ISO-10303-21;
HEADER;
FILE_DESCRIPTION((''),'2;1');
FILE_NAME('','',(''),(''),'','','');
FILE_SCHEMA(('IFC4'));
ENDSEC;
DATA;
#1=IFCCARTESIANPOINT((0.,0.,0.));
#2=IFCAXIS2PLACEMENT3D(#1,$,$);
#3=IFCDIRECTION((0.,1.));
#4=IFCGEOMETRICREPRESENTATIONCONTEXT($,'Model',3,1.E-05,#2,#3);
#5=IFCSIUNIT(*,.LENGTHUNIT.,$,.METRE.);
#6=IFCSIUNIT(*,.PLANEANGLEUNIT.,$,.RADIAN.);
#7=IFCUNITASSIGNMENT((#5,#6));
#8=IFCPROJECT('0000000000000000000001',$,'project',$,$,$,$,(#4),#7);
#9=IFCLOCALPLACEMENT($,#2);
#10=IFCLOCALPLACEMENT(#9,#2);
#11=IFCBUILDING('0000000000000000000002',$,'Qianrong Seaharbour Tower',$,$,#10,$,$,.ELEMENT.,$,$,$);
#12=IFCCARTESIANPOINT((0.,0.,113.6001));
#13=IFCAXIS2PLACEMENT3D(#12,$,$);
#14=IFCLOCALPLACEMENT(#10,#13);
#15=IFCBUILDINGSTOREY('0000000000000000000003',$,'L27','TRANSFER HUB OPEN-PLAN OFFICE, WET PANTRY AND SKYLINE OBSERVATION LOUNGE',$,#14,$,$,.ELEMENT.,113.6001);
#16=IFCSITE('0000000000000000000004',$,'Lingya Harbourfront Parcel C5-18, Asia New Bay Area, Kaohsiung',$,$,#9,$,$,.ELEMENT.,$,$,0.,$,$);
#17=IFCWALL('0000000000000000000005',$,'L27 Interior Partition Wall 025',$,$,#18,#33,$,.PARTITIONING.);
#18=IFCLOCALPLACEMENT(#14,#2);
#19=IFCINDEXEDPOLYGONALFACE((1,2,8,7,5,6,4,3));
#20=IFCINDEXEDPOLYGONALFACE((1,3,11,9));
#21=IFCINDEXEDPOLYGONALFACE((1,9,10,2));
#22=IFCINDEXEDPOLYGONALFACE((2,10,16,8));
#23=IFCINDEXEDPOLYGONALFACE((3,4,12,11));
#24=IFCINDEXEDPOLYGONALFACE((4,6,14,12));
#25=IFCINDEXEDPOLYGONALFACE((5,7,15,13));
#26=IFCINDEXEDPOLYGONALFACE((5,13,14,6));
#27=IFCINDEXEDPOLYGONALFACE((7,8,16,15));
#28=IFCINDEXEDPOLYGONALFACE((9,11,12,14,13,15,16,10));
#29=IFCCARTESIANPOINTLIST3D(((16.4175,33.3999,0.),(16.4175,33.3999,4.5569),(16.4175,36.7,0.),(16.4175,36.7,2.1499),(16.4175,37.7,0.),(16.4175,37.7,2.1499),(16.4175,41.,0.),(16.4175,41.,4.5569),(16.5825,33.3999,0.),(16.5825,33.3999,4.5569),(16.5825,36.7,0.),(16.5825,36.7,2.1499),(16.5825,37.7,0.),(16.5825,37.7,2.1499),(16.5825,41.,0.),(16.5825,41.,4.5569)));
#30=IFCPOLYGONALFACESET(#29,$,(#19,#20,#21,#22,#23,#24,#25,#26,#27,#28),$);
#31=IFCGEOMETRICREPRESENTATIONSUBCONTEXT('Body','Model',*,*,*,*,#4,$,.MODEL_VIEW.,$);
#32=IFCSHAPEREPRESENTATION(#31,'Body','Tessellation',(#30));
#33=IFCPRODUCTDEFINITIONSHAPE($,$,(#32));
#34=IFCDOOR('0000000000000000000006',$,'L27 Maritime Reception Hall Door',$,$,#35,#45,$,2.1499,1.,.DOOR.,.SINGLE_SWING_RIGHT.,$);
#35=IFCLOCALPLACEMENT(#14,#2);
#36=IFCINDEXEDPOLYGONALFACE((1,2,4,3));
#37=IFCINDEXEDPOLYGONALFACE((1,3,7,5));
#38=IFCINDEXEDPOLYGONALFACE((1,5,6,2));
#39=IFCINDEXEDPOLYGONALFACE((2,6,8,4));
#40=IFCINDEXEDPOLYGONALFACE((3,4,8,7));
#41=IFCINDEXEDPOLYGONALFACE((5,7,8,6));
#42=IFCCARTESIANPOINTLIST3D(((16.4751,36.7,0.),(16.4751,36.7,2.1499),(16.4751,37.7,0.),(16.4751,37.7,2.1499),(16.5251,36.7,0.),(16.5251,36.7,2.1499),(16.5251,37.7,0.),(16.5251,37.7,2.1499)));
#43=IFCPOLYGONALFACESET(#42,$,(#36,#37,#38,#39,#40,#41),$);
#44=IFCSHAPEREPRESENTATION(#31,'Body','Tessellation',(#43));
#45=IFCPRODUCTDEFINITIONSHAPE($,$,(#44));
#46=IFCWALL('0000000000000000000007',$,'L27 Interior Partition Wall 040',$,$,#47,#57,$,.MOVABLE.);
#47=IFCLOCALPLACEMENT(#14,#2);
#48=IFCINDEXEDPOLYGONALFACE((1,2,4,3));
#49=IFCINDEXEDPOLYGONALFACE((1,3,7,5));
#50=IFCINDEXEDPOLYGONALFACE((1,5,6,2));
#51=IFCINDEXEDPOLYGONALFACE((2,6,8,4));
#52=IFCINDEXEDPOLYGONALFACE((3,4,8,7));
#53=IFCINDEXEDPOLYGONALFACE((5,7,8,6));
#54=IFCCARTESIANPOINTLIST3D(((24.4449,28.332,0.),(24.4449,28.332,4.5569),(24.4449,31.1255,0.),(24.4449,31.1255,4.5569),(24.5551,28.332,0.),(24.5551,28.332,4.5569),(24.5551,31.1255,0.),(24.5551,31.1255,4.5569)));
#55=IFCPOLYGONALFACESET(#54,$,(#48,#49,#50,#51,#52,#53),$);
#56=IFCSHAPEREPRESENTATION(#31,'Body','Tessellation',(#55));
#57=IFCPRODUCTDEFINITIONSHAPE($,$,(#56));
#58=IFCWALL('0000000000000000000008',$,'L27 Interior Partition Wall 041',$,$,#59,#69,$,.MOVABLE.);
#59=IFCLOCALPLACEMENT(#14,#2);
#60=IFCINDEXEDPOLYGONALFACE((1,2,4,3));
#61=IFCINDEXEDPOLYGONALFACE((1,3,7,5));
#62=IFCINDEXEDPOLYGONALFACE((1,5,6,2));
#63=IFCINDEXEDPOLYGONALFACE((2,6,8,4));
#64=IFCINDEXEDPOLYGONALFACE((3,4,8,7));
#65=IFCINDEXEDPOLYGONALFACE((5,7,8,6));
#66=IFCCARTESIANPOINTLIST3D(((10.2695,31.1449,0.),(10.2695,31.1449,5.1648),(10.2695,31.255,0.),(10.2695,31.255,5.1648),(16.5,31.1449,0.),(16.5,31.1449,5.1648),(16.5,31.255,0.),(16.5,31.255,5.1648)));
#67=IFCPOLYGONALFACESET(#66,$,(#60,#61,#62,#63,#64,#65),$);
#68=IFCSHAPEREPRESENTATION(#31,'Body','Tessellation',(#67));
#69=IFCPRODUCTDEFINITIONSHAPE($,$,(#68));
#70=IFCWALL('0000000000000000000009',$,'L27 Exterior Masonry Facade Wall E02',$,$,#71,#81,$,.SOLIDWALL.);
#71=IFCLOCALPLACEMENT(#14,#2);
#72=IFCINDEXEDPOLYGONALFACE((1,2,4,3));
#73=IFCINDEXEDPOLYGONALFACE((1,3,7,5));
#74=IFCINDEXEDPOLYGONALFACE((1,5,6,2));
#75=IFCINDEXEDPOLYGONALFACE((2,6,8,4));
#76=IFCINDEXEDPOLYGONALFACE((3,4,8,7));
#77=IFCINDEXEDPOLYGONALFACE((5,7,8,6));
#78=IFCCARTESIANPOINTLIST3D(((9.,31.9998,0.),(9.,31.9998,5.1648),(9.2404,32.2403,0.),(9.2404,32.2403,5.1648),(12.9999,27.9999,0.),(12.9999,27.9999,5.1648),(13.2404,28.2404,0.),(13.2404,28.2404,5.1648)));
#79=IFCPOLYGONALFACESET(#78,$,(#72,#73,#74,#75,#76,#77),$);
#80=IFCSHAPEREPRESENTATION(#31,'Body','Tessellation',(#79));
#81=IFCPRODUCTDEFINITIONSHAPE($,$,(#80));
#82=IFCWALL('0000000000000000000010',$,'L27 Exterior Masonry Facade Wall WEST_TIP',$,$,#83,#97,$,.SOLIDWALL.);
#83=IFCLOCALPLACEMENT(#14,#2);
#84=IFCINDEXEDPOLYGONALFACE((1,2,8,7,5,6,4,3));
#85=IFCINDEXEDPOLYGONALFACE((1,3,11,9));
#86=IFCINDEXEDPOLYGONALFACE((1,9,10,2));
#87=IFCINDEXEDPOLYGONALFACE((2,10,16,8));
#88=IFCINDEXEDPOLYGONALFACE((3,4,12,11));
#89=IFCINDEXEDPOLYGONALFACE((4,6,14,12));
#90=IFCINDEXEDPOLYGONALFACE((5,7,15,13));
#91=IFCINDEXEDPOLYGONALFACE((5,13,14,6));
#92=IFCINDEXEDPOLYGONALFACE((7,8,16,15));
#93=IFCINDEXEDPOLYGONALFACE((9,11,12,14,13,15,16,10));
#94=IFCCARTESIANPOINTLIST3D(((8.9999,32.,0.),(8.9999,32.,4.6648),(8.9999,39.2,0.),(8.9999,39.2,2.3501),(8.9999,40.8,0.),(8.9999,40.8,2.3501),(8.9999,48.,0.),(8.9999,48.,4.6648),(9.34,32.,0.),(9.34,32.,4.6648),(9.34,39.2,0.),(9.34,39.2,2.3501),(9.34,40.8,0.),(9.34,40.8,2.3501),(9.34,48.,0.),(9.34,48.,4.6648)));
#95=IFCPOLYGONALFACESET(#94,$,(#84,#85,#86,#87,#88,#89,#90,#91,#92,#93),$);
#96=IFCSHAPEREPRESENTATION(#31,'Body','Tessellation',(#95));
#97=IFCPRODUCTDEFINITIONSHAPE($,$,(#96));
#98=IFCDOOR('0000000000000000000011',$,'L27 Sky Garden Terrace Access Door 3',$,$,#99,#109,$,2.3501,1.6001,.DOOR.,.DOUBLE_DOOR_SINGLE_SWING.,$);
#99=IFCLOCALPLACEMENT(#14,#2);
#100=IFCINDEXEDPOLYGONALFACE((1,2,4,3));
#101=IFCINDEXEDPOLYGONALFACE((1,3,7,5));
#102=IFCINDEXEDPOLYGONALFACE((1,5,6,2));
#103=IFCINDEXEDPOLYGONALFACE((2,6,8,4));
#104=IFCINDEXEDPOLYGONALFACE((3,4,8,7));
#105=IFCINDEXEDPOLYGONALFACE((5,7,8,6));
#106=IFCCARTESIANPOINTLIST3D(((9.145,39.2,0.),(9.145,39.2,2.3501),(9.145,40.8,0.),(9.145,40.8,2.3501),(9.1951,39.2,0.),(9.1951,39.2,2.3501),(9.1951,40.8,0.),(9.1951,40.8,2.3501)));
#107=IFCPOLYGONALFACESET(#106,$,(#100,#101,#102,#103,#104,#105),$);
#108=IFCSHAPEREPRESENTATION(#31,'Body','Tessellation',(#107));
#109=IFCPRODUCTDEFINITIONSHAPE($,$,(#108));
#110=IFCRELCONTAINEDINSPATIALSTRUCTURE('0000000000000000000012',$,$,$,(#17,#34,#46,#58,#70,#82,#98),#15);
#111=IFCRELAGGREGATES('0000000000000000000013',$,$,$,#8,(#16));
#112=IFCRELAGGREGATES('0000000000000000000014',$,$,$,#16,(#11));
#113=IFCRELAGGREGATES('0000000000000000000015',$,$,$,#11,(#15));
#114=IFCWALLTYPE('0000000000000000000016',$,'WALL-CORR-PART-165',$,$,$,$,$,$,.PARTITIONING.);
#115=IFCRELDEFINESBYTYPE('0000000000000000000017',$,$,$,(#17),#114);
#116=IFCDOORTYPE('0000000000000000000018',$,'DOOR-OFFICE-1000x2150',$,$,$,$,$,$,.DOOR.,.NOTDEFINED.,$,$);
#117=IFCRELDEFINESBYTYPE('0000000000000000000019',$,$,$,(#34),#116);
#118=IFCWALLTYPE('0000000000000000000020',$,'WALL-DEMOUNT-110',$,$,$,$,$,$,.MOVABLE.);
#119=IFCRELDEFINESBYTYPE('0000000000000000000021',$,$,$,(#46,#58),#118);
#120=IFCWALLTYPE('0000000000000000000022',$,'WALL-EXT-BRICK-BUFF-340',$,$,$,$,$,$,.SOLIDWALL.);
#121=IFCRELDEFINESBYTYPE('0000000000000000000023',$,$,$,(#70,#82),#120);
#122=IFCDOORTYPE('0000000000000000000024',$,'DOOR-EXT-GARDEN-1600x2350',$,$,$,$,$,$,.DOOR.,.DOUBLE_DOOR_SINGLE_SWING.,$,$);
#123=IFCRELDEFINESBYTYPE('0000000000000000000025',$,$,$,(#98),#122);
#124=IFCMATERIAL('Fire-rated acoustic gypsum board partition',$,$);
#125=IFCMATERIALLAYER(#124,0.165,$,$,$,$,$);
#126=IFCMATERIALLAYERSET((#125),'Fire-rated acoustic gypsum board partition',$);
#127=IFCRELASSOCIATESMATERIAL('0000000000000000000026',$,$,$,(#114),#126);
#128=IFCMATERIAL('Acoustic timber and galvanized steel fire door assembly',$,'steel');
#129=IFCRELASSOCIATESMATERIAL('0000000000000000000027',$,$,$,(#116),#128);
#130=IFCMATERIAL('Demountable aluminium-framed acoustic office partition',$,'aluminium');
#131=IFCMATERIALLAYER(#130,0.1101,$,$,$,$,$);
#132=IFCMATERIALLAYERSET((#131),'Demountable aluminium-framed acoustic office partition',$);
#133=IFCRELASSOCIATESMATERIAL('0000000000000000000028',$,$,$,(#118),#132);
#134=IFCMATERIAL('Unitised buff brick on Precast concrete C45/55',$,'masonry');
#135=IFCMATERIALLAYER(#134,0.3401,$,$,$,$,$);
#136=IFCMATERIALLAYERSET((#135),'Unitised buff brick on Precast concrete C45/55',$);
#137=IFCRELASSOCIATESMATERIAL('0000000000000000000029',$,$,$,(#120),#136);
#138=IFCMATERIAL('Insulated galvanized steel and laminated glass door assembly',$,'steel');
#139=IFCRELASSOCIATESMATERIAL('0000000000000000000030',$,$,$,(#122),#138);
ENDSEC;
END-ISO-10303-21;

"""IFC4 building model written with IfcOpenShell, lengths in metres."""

from ifc_helpers import new_model, si_unit, direction, frame, frame_2d, origin, place, context, subcontext, project, spatial, rectangle, extrude, material, layer, layer_set, type_object, element, fill, save


model = new_model("IFC4")

# Units and contexts
model_context = context("Model", 3, precision=1e-05, world=origin(), true_north=direction((0.0, 1.0)))
body_context = subcontext(model_context, "Body", "Model", "MODEL_VIEW")
ifc_project = project(units=[si_unit("LENGTHUNIT", "METRE"), si_unit("PLANEANGLEUNIT", "RADIAN")], contexts=[model_context])

# Site, building, storey
site_placement = place(None, origin())
site = spatial("IfcSite", under=ifc_project, at=site_placement, Name="Lingya Harbourfront Parcel C5-18, Asia New Bay Area, Kaohsiung", CompositionType="ELEMENT", RefElevation=0.0)
building_placement = place(site_placement, origin())
building = spatial("IfcBuilding", under=site, at=building_placement, Name="Qianrong Seaharbour Tower", CompositionType="ELEMENT")
storey_placement = place(building_placement, frame((0.0, 0.0, 113.6001)))
storey = spatial("IfcBuildingStorey", under=building, at=storey_placement, Name="L27", Description="TRANSFER HUB OPEN-PLAN OFFICE, WET PANTRY AND SKYLINE OBSERVATION LOUNGE", CompositionType="ELEMENT", Elevation=113.6001)

# Shared definitions
ifc_material_1 = material(Name="Fire-rated acoustic gypsum board partition")
ifc_layer_1 = layer(ifc_material_1, 0.165)
ifc_layer_set_1 = layer_set([ifc_layer_1], Name="Fire-rated acoustic gypsum board partition")
wall_type_1 = type_object("IfcWallType", Name="WALL-CORR-PART-165", PredefinedType="PARTITIONING", material=ifc_layer_set_1)
ifc_material_2 = material(Name="Acoustic timber and galvanized steel fire door assembly", Category="steel")
door_type_1 = type_object("IfcDoorType", Name="DOOR-OFFICE-1000x2150", OperationType="NOTDEFINED", PredefinedType="DOOR", material=ifc_material_2)

# Wall, opening, door
wall_1_placement = place(storey_placement, frame((16.5, 33.3999, 0.0), z_axis=(0.0, 0.0, 1.0), x_axis=(0.0, 1.0, 0.0)))
wall_1 = element("IfcWall", 1, at=wall_1_placement, inside=storey, type_object=wall_type_1, Name="L27 Interior Partition Wall 025", PredefinedType="PARTITIONING", context=body_context, shape_type="SweptSolid", body=[
    extrude(rectangle(XDim=7.6001, YDim=0.165, at=frame_2d((3.8, 0.0))), origin(), (0.0, 0.0, 1.0), 4.5569),
])
opening_1_placement = place(wall_1_placement, frame((3.3, 0.0, 0.0)))
opening_1 = element("IfcOpeningElement", 2, at=opening_1_placement, cuts=wall_1, PredefinedType="OPENING", context=body_context, shape_type="SweptSolid", body=[
    extrude(rectangle(XDim=1.0, YDim=2.1499, at=frame_2d((0.5, 1.075))), frame((0.0, 0.0925, 0.0), z_axis=(0.0, -1.0, 0.0), x_axis=(1.0, 0.0, 0.0)), (0.0, 0.0, 1.0), 0.1851),
])
door_1_placement = place(opening_1_placement, origin())
door_1 = element("IfcDoor", 3, at=door_1_placement, inside=storey, type_object=door_type_1, Name="L27 Maritime Reception Hall Door", OperationType="SINGLE_SWING_RIGHT", OverallHeight=2.1499, OverallWidth=1.0, PredefinedType="DOOR", context=body_context, shape_type="SweptSolid", body=[
    extrude(rectangle(XDim=1.0, YDim=2.1499, at=frame_2d((0.5, 1.075))), frame((0.0, 0.0249, 0.0), z_axis=(0.0, -1.0, 0.0), x_axis=(1.0, 0.0, 0.0)), (0.0, 0.0, 1.0), 0.05),
])
fill(opening_1, door_1)

# Walls
ifc_material_3 = material(Name="Demountable aluminium-framed acoustic office partition", Category="aluminium")
ifc_layer_2 = layer(ifc_material_3, 0.1101)
ifc_layer_set_2 = layer_set([ifc_layer_2], Name="Demountable aluminium-framed acoustic office partition")
wall_type_2 = type_object("IfcWallType", Name="WALL-DEMOUNT-110", PredefinedType="MOVABLE", material=ifc_layer_set_2)
wall_2_placement = place(storey_placement, frame((24.5, 31.1255, 0.0), z_axis=(0.0, 0.0, 1.0), x_axis=(0.0, -1.0, 0.0)))
element("IfcWall", 4, at=wall_2_placement, inside=storey, type_object=wall_type_2, Name="L27 Interior Partition Wall 040", PredefinedType="MOVABLE", context=body_context, shape_type="SweptSolid", body=[
    extrude(rectangle(XDim=2.7935, YDim=0.1101, at=frame_2d((1.3967, 0.0))), origin(), (0.0, 0.0, 1.0), 4.5569),
])
wall_3_placement = place(storey_placement, frame((10.2695, 31.2, 0.0), z_axis=(0.0, 0.0, 1.0), x_axis=(1.0, 0.0, 0.0)))
element("IfcWall", 5, at=wall_3_placement, inside=storey, type_object=wall_type_2, Name="L27 Interior Partition Wall 041", PredefinedType="MOVABLE", context=body_context, shape_type="SweptSolid", body=[
    extrude(rectangle(XDim=6.2305, YDim=0.1101, at=frame_2d((3.1152, 0.0))), origin(), (0.0, 0.0, 1.0), 5.1648),
])
ifc_material_4 = material(Name="Unitised buff brick on Precast concrete C45/55", Category="masonry")
ifc_layer_3 = layer(ifc_material_4, 0.3401)
ifc_layer_set_3 = layer_set([ifc_layer_3], Name="Unitised buff brick on Precast concrete C45/55")
wall_type_3 = type_object("IfcWallType", Name="WALL-EXT-BRICK-BUFF-340", PredefinedType="SOLIDWALL", material=ifc_layer_set_3)
wall_4_placement = place(storey_placement, frame((13.1201, 28.1201, 0.0), z_axis=(0.0, 0.0, 1.0), x_axis=(-0.707107, 0.707107, 0.0)))
element("IfcWall", 6, at=wall_4_placement, inside=storey, type_object=wall_type_3, Name="L27 Exterior Masonry Facade Wall E02", PredefinedType="SOLIDWALL", context=body_context, shape_type="SweptSolid", body=[
    extrude(rectangle(XDim=5.6567, YDim=0.3401, at=frame_2d((2.8284, 0.0))), origin(), (0.0, 0.0, 1.0), 5.1648),
])

# Wall, opening, door
wall_5_placement = place(storey_placement, frame((9.1699, 32.0, 0.0), z_axis=(0.0, 0.0, 1.0), x_axis=(0.0, 1.0, 0.0)))
wall_5 = element("IfcWall", 7, at=wall_5_placement, inside=storey, type_object=wall_type_3, Name="L27 Exterior Masonry Facade Wall WEST_TIP", PredefinedType="SOLIDWALL", context=body_context, shape_type="SweptSolid", body=[
    extrude(rectangle(XDim=16.0, YDim=0.3401, at=frame_2d((8.0, 0.0))), origin(), (0.0, 0.0, 1.0), 4.6648),
])
opening_2_placement = place(wall_5_placement, frame((7.2, 0.0, 0.0)))
opening_2 = element("IfcOpeningElement", 8, at=opening_2_placement, cuts=wall_5, PredefinedType="OPENING", context=body_context, shape_type="SweptSolid", body=[
    extrude(rectangle(XDim=1.6001, YDim=2.3501, at=frame_2d((0.8, 1.175))), frame((0.0, 0.1802, 0.0), z_axis=(0.0, -1.0, 0.0), x_axis=(1.0, 0.0, 0.0)), (0.0, 0.0, 1.0), 0.3601),
])
ifc_material_5 = material(Name="Insulated galvanized steel and laminated glass door assembly", Category="steel")
door_type_2 = type_object("IfcDoorType", Name="DOOR-EXT-GARDEN-1600x2350", OperationType="DOUBLE_DOOR_SINGLE_SWING", PredefinedType="DOOR", material=ifc_material_5)
door_2_placement = place(opening_2_placement, origin())
door_2 = element("IfcDoor", 9, at=door_2_placement, inside=storey, type_object=door_type_2, Name="L27 Sky Garden Terrace Access Door 3", OperationType="DOUBLE_DOOR_SINGLE_SWING", OverallHeight=2.3501, OverallWidth=1.6001, PredefinedType="DOOR", context=body_context, shape_type="SweptSolid", body=[
    extrude(rectangle(XDim=1.6001, YDim=2.3501, at=frame_2d((0.8, 1.175))), frame((0.0, 0.0249, 0.0), z_axis=(0.0, -1.0, 0.0), x_axis=(1.0, 0.0, 0.0)), (0.0, 0.0, 1.0), 0.05),
])
fill(opening_2, door_2)

save(model, "model.ifc")
